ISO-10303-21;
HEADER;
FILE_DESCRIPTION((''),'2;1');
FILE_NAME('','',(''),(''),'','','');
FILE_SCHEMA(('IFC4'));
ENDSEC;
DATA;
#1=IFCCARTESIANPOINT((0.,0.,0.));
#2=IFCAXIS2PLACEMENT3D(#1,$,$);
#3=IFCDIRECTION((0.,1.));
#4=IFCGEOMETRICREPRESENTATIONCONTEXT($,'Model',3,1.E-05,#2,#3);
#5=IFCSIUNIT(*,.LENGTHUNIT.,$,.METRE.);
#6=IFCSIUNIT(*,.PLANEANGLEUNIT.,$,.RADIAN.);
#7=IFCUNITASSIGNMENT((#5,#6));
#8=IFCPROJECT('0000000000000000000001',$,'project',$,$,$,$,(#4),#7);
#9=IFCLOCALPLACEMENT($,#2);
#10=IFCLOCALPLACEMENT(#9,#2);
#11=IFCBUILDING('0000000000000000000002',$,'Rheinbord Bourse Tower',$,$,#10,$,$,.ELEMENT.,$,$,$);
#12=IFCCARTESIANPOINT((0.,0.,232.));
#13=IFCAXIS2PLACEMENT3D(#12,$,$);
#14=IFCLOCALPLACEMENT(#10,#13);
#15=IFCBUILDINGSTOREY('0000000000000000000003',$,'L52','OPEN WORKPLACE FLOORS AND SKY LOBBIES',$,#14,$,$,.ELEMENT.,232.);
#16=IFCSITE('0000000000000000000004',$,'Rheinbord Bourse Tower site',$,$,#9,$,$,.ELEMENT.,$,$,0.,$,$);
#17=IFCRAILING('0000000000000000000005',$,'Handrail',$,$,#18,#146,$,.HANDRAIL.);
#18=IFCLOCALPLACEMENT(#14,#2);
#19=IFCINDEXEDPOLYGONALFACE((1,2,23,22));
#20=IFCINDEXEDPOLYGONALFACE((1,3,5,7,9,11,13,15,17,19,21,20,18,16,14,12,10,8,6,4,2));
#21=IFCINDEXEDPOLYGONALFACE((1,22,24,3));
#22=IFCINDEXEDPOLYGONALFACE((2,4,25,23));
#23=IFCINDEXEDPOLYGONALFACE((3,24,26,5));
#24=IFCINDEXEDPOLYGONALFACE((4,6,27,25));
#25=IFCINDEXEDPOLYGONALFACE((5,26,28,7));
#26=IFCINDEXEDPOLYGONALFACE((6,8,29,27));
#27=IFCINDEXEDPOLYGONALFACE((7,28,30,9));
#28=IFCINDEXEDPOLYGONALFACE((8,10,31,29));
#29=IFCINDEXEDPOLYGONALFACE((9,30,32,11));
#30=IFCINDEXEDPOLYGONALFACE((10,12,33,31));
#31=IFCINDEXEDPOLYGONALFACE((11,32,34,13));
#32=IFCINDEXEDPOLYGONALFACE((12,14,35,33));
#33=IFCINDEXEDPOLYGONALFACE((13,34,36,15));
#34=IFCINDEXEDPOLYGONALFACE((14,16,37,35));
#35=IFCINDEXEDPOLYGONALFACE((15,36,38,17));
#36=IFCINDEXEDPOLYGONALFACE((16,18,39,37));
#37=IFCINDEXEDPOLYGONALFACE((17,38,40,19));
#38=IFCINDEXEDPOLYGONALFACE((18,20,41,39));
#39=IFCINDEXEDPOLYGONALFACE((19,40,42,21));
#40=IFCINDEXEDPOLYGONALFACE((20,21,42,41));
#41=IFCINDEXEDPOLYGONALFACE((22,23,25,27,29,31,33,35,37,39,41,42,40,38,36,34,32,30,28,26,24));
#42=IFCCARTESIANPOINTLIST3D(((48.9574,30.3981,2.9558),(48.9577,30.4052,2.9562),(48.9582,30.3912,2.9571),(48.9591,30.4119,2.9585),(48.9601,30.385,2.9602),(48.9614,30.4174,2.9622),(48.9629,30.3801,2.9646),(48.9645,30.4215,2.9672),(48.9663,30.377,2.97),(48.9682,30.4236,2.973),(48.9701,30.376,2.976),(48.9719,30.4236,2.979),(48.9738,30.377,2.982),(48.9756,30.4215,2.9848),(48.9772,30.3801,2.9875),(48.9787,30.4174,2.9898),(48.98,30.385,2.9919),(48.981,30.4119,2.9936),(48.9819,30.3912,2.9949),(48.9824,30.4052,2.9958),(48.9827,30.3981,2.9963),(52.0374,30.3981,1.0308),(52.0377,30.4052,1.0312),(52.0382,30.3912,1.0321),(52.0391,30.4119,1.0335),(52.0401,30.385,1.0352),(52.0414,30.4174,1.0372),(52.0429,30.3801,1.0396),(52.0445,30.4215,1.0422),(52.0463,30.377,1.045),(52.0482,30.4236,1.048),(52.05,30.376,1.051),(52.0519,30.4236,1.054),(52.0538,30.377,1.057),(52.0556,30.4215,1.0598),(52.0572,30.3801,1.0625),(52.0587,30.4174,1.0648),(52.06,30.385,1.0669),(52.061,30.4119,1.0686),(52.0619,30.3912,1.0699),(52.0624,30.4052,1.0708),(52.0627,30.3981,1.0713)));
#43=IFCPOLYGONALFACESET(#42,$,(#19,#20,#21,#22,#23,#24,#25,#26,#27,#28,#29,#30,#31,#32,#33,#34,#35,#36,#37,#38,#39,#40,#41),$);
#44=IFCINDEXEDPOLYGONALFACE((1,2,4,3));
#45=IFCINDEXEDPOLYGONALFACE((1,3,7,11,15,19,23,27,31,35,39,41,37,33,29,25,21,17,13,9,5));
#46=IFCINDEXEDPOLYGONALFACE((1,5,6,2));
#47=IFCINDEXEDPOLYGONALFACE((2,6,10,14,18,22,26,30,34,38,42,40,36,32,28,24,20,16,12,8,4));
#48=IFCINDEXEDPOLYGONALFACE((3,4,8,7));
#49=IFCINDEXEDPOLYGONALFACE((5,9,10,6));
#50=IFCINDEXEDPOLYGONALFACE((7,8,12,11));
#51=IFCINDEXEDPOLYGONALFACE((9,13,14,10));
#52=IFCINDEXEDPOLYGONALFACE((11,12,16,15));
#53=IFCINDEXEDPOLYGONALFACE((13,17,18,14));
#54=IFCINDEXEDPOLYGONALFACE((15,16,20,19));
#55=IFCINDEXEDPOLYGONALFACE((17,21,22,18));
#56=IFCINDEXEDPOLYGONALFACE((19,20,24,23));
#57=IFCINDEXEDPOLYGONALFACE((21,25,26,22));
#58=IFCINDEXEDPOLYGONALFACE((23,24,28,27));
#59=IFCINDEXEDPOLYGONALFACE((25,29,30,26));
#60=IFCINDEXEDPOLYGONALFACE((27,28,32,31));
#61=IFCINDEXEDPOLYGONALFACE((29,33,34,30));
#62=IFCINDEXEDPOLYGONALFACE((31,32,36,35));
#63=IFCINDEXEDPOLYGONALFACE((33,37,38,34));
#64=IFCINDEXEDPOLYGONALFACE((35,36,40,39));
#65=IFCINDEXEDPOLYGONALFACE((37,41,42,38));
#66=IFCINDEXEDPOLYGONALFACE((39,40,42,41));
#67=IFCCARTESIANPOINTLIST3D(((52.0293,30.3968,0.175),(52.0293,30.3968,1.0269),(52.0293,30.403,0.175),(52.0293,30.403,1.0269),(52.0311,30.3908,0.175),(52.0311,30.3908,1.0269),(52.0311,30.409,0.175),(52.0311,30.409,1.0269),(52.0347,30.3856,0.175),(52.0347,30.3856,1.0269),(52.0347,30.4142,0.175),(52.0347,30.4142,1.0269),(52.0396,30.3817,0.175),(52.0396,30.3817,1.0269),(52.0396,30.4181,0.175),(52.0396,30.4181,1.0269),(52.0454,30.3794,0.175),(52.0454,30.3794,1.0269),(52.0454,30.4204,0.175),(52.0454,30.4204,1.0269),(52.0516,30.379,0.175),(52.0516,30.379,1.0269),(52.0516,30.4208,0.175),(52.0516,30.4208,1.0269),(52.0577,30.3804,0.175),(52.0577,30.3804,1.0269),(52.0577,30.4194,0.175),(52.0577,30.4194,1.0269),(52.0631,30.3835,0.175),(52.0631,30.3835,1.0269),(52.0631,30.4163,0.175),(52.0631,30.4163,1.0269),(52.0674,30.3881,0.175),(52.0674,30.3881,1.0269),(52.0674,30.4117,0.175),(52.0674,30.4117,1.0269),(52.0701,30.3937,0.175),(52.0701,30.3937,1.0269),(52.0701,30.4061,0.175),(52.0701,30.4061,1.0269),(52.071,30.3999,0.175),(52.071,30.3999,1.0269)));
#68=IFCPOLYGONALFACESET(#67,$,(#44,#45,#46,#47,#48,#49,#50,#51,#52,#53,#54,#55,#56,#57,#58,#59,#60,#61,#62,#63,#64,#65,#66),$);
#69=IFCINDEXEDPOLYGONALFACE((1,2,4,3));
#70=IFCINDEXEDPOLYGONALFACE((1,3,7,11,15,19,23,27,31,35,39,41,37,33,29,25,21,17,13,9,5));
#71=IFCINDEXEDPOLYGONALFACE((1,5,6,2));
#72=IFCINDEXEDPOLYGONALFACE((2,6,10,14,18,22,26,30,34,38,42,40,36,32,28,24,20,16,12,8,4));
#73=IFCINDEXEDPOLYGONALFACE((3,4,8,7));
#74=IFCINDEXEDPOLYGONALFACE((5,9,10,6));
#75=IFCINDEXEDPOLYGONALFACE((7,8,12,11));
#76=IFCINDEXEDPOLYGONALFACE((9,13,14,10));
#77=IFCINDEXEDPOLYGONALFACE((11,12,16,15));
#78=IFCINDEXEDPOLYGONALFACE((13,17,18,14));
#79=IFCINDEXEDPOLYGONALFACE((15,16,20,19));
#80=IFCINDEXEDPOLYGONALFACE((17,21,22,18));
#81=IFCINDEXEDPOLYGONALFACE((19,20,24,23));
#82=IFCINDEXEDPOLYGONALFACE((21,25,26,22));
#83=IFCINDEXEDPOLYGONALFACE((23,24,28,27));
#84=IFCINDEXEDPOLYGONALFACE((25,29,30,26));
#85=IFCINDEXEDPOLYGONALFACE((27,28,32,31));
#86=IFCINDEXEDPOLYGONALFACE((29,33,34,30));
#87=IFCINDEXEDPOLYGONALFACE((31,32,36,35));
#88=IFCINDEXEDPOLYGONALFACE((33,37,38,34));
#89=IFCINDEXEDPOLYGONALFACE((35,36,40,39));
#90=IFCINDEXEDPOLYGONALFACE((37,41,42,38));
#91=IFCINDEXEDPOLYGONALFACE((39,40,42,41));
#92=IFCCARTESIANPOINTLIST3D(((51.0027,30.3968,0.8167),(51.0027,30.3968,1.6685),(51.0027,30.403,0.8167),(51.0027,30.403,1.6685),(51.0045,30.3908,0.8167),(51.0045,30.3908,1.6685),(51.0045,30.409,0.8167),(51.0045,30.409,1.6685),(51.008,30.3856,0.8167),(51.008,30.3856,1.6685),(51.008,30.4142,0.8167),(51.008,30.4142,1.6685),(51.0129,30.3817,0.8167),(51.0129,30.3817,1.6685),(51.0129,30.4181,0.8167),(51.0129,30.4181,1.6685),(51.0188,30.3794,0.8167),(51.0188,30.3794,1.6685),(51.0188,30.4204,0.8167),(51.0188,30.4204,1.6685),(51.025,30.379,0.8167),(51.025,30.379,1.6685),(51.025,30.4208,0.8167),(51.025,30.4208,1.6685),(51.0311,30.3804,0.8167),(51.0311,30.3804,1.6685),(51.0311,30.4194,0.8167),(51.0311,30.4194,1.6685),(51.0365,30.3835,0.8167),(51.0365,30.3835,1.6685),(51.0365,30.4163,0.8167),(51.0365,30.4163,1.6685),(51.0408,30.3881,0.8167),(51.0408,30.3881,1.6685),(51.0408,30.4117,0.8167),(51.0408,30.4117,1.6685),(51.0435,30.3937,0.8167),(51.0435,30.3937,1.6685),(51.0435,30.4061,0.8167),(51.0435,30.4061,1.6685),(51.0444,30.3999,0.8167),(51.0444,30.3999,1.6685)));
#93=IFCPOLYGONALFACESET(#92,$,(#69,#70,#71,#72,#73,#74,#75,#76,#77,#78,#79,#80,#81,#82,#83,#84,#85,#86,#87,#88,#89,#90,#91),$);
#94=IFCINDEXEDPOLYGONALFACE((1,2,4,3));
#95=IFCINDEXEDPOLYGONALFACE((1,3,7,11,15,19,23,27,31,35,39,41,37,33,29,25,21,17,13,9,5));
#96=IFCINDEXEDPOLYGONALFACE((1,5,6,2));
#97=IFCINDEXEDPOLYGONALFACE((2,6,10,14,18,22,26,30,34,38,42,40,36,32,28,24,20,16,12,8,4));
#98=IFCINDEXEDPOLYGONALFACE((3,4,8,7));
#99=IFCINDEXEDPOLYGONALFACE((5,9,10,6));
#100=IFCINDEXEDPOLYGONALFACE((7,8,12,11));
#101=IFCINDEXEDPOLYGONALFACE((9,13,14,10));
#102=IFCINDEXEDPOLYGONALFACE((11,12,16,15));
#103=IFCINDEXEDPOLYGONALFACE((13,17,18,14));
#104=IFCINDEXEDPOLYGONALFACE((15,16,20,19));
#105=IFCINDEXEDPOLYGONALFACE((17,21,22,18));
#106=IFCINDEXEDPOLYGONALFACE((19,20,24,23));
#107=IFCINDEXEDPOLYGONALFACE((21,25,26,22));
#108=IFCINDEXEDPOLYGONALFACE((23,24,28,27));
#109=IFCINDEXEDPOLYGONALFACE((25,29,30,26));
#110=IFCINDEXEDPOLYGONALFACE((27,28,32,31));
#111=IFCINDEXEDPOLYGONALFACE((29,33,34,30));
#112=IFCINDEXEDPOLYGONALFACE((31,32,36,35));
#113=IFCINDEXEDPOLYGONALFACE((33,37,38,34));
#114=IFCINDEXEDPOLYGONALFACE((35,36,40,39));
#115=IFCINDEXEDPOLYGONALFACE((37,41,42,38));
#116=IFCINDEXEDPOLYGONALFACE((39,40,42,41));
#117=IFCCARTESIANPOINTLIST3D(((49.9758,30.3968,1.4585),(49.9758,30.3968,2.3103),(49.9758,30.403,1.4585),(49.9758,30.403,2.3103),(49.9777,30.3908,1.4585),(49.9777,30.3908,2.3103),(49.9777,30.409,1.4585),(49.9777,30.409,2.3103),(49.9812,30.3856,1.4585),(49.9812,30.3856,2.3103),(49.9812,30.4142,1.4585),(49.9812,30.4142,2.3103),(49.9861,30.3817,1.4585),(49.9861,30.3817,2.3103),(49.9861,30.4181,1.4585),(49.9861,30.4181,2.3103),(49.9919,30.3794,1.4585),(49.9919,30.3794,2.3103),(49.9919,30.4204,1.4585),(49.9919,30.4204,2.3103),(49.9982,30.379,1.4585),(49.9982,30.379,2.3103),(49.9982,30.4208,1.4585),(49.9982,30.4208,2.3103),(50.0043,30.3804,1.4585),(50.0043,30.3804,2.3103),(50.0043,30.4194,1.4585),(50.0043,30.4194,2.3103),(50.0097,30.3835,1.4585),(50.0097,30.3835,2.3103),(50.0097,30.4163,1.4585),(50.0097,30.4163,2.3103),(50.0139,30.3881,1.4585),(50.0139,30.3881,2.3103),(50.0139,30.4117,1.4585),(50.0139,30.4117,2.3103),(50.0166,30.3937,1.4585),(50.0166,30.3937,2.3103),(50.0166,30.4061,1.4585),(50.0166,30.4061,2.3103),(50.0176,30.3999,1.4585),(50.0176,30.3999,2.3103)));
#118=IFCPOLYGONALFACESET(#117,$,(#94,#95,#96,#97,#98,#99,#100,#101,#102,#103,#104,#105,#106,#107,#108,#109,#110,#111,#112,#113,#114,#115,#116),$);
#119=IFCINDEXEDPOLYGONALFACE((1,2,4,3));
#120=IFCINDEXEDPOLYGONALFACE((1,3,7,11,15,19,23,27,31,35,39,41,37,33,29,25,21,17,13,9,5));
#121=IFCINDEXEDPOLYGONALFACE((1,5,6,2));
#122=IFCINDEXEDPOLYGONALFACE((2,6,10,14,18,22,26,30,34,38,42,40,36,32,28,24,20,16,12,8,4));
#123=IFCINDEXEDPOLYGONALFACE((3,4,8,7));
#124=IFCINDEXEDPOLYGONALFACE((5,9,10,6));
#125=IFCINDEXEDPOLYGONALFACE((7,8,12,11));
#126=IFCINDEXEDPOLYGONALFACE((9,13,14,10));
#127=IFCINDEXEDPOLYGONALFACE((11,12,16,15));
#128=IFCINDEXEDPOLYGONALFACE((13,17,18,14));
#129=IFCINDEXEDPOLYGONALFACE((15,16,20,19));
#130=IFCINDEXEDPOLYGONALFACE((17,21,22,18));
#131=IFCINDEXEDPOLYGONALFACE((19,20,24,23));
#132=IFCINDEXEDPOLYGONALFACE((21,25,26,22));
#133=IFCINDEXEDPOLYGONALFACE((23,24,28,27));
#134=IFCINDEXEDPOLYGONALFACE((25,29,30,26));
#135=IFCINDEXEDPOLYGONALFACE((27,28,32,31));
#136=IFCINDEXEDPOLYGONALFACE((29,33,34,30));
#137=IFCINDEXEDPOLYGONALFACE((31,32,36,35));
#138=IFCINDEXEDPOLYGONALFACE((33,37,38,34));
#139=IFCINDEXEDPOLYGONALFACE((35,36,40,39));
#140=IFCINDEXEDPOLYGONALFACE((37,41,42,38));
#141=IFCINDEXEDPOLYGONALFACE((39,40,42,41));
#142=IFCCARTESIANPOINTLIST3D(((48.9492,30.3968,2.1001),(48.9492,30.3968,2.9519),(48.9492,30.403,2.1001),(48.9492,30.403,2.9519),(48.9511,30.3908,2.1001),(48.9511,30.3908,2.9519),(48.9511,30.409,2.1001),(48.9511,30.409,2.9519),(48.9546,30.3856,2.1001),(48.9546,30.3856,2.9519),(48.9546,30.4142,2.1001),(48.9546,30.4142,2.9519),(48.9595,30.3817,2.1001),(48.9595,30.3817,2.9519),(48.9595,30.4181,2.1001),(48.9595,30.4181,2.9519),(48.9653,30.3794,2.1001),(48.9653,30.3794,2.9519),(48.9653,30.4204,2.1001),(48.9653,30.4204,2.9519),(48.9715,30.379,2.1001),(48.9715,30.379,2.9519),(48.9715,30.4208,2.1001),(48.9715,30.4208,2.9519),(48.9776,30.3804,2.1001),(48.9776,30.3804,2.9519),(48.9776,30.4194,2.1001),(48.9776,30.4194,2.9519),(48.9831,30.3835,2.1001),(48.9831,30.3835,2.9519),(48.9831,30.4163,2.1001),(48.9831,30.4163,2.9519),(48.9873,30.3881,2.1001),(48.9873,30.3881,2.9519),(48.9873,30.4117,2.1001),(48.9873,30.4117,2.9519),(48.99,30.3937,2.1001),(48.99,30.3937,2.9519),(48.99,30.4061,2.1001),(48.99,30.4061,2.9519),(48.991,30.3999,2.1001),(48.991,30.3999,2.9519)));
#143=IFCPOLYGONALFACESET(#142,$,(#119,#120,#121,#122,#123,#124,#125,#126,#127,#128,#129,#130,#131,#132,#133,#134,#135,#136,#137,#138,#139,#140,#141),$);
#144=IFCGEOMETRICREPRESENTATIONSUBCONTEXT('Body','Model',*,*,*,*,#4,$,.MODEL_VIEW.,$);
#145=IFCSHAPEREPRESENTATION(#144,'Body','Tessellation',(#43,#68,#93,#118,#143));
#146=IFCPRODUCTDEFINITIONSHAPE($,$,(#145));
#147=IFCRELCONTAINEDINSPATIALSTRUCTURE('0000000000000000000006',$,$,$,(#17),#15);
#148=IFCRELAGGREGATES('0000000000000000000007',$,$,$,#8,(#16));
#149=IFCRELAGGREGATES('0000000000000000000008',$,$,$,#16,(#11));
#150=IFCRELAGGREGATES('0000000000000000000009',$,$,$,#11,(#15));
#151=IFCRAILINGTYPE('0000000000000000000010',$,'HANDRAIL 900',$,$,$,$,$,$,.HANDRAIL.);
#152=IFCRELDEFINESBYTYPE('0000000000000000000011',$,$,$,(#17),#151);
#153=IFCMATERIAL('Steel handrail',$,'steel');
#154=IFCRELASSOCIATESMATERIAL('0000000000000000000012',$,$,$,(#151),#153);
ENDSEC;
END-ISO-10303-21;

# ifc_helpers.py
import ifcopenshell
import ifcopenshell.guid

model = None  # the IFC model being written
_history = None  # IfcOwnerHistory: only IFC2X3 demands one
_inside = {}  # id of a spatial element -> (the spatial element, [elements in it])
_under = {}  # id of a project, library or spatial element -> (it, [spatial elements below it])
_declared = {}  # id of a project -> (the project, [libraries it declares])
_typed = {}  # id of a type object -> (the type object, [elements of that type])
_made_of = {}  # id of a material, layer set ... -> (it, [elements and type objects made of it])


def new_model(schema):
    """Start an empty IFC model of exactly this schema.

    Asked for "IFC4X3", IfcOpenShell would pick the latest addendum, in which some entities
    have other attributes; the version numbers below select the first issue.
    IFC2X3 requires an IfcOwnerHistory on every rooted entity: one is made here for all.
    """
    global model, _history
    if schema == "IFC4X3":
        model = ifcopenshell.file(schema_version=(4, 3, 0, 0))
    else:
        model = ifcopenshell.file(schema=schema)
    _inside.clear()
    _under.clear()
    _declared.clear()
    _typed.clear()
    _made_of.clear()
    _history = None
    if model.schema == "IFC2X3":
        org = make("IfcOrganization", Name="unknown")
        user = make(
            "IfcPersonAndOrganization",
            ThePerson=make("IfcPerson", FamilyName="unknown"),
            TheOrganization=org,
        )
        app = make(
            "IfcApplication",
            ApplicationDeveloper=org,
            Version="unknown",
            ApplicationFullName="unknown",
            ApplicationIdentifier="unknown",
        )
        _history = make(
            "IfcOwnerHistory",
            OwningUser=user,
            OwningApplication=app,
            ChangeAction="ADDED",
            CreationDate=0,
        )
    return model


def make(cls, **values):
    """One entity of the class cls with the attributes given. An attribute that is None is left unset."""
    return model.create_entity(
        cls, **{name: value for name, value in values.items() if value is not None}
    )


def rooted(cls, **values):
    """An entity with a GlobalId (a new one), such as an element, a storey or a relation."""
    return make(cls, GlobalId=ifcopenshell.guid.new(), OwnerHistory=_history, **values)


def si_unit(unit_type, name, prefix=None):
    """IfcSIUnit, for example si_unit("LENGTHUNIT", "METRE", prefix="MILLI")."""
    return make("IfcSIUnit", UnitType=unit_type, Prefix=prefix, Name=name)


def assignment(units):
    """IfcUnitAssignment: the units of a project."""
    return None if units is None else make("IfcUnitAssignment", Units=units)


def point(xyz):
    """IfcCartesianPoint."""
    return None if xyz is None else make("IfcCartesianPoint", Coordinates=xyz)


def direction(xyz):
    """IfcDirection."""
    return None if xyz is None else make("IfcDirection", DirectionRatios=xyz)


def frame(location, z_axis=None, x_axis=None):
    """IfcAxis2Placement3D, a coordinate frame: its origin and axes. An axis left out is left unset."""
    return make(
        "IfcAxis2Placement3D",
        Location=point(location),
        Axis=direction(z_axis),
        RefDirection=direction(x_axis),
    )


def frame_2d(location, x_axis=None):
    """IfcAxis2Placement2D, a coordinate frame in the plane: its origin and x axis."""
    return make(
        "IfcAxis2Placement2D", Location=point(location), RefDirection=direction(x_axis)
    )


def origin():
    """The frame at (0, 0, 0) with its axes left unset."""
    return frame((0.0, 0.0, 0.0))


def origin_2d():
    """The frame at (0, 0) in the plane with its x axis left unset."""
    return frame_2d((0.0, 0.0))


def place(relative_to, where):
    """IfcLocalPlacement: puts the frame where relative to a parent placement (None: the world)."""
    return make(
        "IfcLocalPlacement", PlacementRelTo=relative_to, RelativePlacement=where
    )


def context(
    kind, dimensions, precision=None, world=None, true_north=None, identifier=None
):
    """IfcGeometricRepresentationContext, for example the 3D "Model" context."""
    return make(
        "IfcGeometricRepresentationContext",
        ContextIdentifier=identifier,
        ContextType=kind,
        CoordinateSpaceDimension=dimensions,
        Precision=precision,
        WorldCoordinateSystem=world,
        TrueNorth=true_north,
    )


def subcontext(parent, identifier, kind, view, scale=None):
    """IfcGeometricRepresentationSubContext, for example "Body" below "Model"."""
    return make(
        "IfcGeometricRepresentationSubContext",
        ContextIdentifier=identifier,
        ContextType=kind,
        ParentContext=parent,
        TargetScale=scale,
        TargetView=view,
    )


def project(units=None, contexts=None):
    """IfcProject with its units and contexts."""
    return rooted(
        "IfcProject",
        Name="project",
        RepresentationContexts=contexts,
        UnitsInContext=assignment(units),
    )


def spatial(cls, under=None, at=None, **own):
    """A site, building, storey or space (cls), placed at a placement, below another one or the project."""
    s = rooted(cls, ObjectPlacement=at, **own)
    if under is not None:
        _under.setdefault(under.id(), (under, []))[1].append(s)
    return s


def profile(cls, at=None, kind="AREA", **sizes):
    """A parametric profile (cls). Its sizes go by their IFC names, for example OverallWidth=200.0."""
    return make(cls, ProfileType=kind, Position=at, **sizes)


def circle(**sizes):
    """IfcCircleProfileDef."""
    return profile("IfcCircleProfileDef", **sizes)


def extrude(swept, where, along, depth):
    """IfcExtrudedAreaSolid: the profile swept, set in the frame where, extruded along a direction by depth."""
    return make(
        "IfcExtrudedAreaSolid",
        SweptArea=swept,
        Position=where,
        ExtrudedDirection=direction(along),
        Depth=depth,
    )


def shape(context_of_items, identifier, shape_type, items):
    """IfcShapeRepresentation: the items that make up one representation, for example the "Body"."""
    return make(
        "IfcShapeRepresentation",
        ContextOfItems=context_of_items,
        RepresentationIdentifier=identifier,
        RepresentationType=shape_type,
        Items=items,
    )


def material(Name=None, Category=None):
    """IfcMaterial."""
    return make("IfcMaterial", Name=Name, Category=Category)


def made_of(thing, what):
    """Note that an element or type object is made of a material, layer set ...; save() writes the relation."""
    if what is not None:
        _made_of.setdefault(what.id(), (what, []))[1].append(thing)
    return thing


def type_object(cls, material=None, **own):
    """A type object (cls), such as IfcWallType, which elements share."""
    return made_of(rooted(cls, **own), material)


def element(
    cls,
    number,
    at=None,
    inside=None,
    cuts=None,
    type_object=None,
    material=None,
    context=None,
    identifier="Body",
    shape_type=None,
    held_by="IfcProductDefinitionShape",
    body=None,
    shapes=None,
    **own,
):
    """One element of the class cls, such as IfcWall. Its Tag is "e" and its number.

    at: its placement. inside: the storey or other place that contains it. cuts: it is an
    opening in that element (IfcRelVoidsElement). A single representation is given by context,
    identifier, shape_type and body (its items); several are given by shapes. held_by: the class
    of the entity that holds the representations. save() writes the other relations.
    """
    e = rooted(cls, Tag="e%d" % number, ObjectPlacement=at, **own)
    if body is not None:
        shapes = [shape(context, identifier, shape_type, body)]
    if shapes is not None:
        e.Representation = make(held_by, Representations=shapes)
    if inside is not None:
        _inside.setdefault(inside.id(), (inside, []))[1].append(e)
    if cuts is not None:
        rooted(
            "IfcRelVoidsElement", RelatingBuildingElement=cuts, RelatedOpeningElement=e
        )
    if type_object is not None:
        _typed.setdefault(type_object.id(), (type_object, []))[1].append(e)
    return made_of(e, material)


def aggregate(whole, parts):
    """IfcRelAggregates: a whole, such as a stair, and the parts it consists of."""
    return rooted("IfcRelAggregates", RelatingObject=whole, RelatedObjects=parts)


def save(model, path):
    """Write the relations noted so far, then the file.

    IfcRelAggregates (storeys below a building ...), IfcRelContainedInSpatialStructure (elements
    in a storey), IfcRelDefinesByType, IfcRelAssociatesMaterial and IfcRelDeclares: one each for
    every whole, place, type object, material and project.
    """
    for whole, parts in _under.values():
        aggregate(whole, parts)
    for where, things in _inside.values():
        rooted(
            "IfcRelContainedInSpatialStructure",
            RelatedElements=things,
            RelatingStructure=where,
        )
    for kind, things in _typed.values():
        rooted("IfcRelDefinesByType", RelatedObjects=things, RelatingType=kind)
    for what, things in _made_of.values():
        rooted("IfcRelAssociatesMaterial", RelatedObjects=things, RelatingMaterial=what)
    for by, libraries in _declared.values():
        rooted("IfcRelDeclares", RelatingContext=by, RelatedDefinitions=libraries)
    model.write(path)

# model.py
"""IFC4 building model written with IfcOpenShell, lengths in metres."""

from ifc_helpers import new_model, si_unit, direction, frame, origin, origin_2d, place, context, subcontext, project, spatial, circle, extrude, material, type_object, element, save


model = new_model("IFC4")

# Units and contexts
model_context = context("Model", 3, precision=1e-05, world=origin(), true_north=direction((0.0, 1.0)))
body_context = subcontext(model_context, "Body", "Model", "MODEL_VIEW")
ifc_project = project(units=[si_unit("LENGTHUNIT", "METRE"), si_unit("PLANEANGLEUNIT", "RADIAN")], contexts=[model_context])

# Site, building, storey
site_placement = place(None, origin())
site = spatial("IfcSite", under=ifc_project, at=site_placement, Name="Rheinbord Bourse Tower site", CompositionType="ELEMENT", RefElevation=0.0)
building_placement = place(site_placement, origin())
building = spatial("IfcBuilding", under=site, at=building_placement, Name="Rheinbord Bourse Tower", CompositionType="ELEMENT")
storey_placement = place(building_placement, frame((0.0, 0.0, 232.0)))
storey = spatial("IfcBuildingStorey", under=building, at=storey_placement, Name="L52", Description="OPEN WORKPLACE FLOORS AND SKY LOBBIES", CompositionType="ELEMENT", Elevation=232.0)

# Railing
ifc_material_1 = material(Name="Steel handrail", Category="steel")
railing_type = type_object("IfcRailingType", Name="HANDRAIL 900", PredefinedType="HANDRAIL", material=ifc_material_1)
railing_1_placement = place(storey_placement, frame((52.05, 30.3999, 0.175)))
element("IfcRailing", 1, at=railing_1_placement, inside=storey, type_object=railing_type, Name="Handrail", PredefinedType="HANDRAIL", context=body_context, shape_type="SweptSolid", body=[
    extrude(circle(Radius=0.0239, at=origin_2d()), frame((0.0, 0.0, 0.876), z_axis=(-0.847998, 0.0, 0.529999), x_axis=(0.0, -1.0, 0.0)), (0.0, 0.0, 1.0), 3.6321),
    extrude(circle(Radius=0.021, at=origin_2d()), origin(), (0.0, 0.0, 1.0), 0.8518),
    extrude(circle(Radius=0.021, at=origin_2d()), frame((-1.0266, 0.0, 0.6416)), (0.0, 0.0, 1.0), 0.8518),
    extrude(circle(Radius=0.021, at=origin_2d()), frame((-2.0535, 0.0, 1.2834)), (0.0, 0.0, 1.0), 0.8518),
    extrude(circle(Radius=0.021, at=origin_2d()), frame((-3.0801, 0.0, 1.925)), (0.0, 0.0, 1.0), 0.8518),
])

save(model, "model.ifc")
